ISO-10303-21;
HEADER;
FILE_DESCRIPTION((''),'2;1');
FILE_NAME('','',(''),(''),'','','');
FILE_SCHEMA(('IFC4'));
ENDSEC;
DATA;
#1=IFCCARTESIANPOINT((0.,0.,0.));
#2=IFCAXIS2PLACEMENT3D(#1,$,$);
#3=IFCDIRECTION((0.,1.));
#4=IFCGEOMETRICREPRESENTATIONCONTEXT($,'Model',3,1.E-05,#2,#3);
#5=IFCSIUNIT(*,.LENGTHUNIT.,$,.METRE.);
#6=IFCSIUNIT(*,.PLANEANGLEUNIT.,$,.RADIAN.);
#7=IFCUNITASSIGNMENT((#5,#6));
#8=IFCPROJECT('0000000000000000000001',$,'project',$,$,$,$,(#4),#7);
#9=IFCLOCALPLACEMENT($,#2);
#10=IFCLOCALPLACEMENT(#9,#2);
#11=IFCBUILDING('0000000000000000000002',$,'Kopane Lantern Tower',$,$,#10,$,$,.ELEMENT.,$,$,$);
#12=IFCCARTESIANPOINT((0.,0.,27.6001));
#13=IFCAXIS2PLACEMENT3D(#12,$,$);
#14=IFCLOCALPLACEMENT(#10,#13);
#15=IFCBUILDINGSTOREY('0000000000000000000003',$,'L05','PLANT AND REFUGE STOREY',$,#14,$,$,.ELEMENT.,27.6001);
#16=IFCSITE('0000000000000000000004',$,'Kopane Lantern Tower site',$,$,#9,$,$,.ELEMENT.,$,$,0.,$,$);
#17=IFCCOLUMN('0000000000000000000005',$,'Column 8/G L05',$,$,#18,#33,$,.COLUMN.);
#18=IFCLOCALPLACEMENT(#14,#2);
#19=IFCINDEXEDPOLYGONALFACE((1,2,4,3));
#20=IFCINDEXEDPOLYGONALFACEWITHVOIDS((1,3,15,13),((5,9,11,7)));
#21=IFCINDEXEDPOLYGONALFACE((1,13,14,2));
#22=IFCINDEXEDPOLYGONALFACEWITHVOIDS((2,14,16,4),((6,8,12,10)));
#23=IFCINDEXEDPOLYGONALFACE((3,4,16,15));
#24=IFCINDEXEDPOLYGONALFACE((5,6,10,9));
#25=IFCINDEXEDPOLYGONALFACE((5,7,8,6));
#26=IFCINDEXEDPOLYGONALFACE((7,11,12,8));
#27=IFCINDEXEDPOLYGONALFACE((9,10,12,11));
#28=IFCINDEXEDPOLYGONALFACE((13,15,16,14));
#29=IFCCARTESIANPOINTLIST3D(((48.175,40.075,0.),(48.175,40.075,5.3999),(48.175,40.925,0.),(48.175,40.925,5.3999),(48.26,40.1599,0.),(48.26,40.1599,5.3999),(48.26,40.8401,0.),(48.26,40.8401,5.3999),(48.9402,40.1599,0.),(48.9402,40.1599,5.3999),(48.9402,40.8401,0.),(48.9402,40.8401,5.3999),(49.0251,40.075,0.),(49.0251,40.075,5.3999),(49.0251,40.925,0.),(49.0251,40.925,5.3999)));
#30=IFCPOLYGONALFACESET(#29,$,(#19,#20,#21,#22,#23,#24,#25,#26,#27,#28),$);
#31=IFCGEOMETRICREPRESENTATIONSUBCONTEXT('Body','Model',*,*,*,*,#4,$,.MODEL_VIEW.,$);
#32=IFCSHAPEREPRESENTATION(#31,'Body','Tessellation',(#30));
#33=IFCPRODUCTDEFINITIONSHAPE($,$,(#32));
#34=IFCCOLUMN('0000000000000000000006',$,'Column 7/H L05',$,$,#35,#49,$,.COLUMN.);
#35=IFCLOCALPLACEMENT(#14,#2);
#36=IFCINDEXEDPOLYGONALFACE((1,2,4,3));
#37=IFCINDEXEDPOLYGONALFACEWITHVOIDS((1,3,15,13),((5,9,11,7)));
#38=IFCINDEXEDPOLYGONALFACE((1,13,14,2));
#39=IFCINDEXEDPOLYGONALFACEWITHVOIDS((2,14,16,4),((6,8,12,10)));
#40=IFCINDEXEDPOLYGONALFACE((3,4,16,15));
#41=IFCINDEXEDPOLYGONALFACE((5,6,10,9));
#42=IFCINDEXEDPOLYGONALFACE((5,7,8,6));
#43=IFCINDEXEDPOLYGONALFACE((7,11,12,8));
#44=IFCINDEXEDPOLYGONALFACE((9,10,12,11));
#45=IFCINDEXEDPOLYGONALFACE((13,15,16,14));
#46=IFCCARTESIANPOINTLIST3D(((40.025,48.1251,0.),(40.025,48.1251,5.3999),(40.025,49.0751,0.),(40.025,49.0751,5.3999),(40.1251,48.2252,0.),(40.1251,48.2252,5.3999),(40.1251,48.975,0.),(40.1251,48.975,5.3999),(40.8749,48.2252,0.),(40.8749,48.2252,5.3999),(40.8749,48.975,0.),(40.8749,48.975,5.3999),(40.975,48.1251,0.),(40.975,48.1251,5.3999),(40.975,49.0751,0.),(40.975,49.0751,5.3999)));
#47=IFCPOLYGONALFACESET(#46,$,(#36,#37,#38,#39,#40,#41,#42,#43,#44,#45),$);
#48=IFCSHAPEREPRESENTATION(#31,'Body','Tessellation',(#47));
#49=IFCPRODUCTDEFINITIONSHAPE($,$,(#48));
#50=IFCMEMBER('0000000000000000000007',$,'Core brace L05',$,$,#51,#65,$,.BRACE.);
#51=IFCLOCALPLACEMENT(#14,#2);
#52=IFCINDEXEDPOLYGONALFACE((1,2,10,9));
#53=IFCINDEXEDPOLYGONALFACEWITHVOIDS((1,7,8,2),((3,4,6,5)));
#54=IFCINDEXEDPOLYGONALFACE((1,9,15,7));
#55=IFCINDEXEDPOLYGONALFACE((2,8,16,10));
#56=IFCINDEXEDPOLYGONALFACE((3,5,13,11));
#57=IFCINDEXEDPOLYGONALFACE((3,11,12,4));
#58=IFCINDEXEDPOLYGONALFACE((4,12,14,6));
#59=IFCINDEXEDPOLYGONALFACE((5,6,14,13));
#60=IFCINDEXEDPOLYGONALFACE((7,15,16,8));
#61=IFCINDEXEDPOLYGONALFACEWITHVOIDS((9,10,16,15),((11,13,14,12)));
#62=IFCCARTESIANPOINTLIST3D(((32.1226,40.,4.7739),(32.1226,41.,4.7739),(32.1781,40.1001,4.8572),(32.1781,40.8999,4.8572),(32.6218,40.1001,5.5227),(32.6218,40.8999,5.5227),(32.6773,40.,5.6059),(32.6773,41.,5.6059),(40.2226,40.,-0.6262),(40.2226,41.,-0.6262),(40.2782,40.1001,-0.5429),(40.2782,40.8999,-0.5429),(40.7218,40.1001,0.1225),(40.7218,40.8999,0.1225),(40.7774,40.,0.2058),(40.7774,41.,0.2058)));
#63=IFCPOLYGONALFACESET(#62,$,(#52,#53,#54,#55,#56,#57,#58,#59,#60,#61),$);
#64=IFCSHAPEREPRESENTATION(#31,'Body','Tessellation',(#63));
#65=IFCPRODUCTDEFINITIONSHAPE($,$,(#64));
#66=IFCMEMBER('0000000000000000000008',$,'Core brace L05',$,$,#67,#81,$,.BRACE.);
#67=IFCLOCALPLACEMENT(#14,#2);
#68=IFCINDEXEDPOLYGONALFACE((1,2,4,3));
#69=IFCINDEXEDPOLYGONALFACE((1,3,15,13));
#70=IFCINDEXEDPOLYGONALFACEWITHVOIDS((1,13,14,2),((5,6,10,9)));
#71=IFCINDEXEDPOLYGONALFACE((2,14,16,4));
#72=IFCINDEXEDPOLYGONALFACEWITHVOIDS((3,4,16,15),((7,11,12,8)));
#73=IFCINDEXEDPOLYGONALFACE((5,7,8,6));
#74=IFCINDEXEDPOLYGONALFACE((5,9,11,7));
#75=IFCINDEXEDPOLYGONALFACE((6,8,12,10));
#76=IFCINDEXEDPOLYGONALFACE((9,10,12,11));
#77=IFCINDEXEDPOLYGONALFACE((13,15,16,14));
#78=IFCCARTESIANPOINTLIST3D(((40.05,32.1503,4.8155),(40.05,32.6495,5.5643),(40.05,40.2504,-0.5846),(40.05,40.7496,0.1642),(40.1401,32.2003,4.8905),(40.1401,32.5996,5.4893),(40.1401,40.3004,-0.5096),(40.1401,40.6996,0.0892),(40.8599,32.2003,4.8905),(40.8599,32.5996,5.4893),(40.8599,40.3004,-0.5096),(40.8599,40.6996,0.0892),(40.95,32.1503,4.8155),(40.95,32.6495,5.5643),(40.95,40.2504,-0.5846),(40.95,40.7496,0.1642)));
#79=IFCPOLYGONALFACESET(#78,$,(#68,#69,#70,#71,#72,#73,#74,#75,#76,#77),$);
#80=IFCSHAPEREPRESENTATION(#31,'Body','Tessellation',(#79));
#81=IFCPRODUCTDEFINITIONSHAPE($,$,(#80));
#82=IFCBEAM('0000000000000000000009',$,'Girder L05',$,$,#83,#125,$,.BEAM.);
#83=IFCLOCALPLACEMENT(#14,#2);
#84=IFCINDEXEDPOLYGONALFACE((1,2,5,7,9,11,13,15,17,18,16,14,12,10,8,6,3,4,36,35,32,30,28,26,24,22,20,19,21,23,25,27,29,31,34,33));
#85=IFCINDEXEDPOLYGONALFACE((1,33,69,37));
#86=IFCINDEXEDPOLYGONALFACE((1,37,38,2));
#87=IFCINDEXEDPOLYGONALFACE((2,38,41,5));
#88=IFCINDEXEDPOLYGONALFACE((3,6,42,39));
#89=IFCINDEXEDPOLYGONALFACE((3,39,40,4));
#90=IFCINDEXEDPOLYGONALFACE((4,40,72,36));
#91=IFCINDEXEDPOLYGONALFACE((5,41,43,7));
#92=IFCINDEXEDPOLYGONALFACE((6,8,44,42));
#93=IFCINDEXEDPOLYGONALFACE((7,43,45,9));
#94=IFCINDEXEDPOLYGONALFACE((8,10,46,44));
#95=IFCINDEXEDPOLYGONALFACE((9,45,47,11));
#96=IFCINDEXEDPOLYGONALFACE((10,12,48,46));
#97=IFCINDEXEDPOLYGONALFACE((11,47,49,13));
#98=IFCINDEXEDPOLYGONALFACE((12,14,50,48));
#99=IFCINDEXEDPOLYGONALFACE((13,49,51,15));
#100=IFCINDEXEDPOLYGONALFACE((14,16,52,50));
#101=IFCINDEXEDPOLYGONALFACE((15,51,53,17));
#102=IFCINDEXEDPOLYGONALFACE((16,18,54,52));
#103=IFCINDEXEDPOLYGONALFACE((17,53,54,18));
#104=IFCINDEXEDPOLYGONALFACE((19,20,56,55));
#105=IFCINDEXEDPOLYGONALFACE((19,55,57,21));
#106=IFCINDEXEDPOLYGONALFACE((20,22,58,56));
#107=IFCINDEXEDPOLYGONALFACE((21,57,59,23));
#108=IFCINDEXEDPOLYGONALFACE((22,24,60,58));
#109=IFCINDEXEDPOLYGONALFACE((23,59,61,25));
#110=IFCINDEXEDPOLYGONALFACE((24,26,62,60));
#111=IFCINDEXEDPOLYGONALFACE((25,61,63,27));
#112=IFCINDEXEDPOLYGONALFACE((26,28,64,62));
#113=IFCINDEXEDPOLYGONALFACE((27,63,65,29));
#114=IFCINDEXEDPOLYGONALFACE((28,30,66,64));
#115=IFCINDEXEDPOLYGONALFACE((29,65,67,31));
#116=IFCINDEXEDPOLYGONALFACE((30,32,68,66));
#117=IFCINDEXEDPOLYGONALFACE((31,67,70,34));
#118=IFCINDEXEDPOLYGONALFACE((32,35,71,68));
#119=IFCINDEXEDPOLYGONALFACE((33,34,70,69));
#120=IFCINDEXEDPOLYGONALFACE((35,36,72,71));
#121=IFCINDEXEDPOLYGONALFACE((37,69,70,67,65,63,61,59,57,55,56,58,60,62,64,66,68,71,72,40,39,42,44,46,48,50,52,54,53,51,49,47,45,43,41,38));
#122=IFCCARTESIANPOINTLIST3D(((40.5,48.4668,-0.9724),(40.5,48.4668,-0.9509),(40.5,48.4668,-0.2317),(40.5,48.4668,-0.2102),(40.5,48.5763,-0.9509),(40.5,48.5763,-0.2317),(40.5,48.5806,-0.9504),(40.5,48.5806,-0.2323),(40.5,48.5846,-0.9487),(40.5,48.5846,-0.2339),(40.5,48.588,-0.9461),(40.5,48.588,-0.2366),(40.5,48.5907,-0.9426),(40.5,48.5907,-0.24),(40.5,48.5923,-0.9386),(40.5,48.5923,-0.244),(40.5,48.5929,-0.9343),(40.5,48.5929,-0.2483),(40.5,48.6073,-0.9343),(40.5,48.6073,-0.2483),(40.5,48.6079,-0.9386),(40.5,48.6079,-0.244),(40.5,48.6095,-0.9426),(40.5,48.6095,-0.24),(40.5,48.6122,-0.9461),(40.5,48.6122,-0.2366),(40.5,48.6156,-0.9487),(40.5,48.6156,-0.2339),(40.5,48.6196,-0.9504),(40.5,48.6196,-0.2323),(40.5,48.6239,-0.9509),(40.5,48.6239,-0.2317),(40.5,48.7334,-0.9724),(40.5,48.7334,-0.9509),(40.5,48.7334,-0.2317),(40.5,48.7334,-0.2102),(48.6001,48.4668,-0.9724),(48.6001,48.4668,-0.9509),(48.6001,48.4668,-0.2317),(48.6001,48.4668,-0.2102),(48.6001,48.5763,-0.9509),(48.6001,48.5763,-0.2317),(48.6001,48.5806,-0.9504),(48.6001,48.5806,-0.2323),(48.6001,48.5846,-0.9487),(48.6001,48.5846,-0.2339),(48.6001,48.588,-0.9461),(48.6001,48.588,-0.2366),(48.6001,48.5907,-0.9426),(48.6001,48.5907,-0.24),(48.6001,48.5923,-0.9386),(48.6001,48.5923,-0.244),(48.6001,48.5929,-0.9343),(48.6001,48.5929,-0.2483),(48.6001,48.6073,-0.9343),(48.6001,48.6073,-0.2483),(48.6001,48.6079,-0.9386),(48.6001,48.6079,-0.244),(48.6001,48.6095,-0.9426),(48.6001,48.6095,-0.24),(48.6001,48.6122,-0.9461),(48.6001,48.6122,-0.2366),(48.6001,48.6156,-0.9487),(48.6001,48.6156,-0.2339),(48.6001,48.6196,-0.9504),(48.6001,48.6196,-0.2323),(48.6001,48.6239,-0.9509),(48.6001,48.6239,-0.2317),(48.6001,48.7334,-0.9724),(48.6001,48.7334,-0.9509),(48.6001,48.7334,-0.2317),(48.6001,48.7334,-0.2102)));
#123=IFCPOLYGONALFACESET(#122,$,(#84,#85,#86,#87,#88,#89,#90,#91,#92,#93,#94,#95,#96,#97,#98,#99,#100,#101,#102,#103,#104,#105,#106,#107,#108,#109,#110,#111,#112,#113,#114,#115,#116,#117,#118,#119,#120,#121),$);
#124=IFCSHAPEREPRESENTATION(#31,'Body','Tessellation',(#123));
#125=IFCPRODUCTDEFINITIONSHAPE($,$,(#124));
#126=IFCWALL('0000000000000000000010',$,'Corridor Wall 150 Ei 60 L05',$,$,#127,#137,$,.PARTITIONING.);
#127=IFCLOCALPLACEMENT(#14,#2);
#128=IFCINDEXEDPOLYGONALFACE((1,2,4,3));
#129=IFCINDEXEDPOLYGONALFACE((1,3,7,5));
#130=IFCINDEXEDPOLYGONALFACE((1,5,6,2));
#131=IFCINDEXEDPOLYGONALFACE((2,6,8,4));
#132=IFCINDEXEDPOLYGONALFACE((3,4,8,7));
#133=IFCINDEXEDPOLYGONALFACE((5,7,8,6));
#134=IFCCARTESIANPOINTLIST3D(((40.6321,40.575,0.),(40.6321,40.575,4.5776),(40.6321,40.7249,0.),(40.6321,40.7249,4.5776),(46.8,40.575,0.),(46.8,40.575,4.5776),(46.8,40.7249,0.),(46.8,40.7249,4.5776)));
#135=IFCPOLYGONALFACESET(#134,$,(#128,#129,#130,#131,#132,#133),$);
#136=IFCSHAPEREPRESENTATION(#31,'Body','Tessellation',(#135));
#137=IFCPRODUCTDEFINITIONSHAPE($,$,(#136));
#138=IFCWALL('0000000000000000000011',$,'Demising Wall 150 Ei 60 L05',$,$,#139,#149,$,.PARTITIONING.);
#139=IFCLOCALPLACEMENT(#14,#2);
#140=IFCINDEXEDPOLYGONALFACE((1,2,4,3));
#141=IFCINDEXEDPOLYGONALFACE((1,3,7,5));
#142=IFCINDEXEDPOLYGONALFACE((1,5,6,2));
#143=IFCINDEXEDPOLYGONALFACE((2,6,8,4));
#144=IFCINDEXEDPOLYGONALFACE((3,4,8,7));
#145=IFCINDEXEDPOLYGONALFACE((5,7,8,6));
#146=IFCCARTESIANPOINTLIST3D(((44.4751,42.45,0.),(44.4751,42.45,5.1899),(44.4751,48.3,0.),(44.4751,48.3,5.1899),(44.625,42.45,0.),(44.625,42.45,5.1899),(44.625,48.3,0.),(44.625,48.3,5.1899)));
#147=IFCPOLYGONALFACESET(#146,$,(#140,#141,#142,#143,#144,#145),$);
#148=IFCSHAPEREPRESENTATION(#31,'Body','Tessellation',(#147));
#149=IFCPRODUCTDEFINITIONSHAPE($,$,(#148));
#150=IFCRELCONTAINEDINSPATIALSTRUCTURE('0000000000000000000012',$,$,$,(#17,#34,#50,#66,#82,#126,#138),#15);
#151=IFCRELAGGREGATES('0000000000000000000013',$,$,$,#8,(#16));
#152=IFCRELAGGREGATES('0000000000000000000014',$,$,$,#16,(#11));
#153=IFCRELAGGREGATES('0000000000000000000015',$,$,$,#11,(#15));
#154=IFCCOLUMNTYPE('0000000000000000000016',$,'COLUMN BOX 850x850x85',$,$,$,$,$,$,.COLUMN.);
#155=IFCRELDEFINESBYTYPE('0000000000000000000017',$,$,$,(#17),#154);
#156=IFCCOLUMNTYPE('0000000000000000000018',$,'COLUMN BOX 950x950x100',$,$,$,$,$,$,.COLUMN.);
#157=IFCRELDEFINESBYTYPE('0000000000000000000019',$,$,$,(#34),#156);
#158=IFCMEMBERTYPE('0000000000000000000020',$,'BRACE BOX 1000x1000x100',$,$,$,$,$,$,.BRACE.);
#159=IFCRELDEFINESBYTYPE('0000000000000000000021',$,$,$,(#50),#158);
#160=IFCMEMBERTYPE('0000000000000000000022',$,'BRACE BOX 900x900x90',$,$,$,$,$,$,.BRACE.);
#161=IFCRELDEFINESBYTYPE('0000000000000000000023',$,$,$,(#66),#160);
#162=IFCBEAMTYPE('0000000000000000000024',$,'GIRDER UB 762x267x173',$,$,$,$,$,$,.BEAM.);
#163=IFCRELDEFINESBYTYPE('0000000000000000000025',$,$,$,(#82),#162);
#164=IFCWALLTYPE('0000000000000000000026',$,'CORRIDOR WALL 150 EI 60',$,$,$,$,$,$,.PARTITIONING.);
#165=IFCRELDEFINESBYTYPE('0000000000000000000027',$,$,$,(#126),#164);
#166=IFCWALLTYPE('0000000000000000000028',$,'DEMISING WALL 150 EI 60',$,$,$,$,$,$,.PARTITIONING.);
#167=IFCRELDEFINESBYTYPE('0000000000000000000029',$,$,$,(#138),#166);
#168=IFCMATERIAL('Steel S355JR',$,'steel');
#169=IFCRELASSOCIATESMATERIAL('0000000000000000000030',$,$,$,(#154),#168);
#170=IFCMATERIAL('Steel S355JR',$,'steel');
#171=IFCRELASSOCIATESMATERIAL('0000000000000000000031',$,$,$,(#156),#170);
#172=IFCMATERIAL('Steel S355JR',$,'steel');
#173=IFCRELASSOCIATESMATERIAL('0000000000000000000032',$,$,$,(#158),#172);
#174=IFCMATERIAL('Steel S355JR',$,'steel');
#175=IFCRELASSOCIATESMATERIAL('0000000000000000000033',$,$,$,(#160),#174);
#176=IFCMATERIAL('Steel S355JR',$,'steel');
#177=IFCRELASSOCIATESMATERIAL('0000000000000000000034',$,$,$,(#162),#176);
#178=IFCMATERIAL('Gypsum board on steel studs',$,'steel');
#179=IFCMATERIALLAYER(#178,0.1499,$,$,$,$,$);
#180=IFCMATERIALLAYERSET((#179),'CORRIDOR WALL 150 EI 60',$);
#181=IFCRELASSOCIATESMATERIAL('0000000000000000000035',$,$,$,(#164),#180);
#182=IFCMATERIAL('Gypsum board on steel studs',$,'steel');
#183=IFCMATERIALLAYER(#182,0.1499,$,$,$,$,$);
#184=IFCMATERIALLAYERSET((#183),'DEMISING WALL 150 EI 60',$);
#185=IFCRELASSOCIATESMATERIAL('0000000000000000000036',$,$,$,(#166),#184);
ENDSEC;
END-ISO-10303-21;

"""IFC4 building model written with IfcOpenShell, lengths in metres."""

from ifc_helpers import new_model, si_unit, direction, frame, frame_2d, origin, origin_2d, place, context, subcontext, project, spatial, rectangle, hollow_rectangle, i_section, extrude, material, layer, layer_set, material_profile, profile_set, type_object, element, save


model = new_model("IFC4")

# Units and contexts
model_context = context("Model", 3, precision=1e-05, world=origin(), true_north=direction((0.0, 1.0)))
body_context = subcontext(model_context, "Body", "Model", "MODEL_VIEW")
ifc_project = project(units=[si_unit("LENGTHUNIT", "METRE"), si_unit("PLANEANGLEUNIT", "RADIAN")], contexts=[model_context])

# Site, building, storey
site_placement = place(None, origin())
site = spatial("IfcSite", under=ifc_project, at=site_placement, Name="Kopane Lantern Tower site", CompositionType="ELEMENT", RefElevation=0.0)
building_placement = place(site_placement, origin())
building = spatial("IfcBuilding", under=site, at=building_placement, Name="Kopane Lantern Tower", CompositionType="ELEMENT")
storey_placement = place(building_placement, frame((0.0, 0.0, 27.6001)))
storey = spatial("IfcBuildingStorey", under=building, at=storey_placement, Name="L05", Description="PLANT AND REFUGE STOREY", CompositionType="ELEMENT", Elevation=27.6001)

# Columns
ifc_material_1 = material(Name="Steel S355JR", Category="steel")
ifc_material_profile_1 = material_profile(ifc_material_1, hollow_rectangle(XDim=0.8501, YDim=0.8501, WallThickness=0.085, at=origin_2d()), Name="BOX 850x850x85")
ifc_profile_set_1 = profile_set([ifc_material_profile_1], Name="Steel S355JR")
column_type_1 = type_object("IfcColumnType", Name="COLUMN BOX 850x850x85", PredefinedType="COLUMN", material=ifc_profile_set_1)
column_1_placement = place(storey_placement, frame((48.6001, 40.5, 0.0), z_axis=(0.0, 0.0, 1.0), x_axis=(1.0, 0.0, 0.0)))
element("IfcColumn", 1, at=column_1_placement, inside=storey, type_object=column_type_1, Name="Column 8/G L05", PredefinedType="COLUMN", context=body_context, shape_type="SweptSolid", body=[
    extrude(hollow_rectangle(XDim=0.8501, YDim=0.8501, WallThickness=0.085, at=origin_2d()), origin(), (0.0, 0.0, 1.0), 5.3999),
])
ifc_material_2 = material(Name="Steel S355JR", Category="steel")
ifc_material_profile_2 = material_profile(ifc_material_2, hollow_rectangle(XDim=0.95, YDim=0.95, WallThickness=0.1001, at=origin_2d()), Name="BOX 950x950x100")
ifc_profile_set_2 = profile_set([ifc_material_profile_2], Name="Steel S355JR")
column_type_2 = type_object("IfcColumnType", Name="COLUMN BOX 950x950x100", PredefinedType="COLUMN", material=ifc_profile_set_2)
column_2_placement = place(storey_placement, frame((40.5, 48.6001, 0.0), z_axis=(0.0, 0.0, 1.0), x_axis=(1.0, 0.0, 0.0)))
element("IfcColumn", 2, at=column_2_placement, inside=storey, type_object=column_type_2, Name="Column 7/H L05", PredefinedType="COLUMN", context=body_context, shape_type="SweptSolid", body=[
    extrude(hollow_rectangle(XDim=0.95, YDim=0.95, WallThickness=0.1001, at=origin_2d()), origin(), (0.0, 0.0, 1.0), 5.3999),
])

# Members
ifc_material_3 = material(Name="Steel S355JR", Category="steel")
ifc_material_profile_3 = material_profile(ifc_material_3, hollow_rectangle(XDim=1.0, YDim=1.0, WallThickness=0.1001, at=origin_2d()), Name="BOX 1000x1000x100")
ifc_profile_set_3 = profile_set([ifc_material_profile_3], Name="Steel S355JR")
member_type_1 = type_object("IfcMemberType", Name="BRACE BOX 1000x1000x100", PredefinedType="BRACE", material=ifc_profile_set_3)
member_1_placement = place(storey_placement, frame((40.5, 40.5, -0.2102), z_axis=(-0.832046, 0.0, 0.554706), x_axis=(0.0, -1.0, 0.0)))
element("IfcMember", 3, at=member_1_placement, inside=storey, type_object=member_type_1, Name="Core brace L05", PredefinedType="BRACE", context=body_context, shape_type="SweptSolid", body=[
    extrude(hollow_rectangle(XDim=1.0, YDim=1.0, WallThickness=0.1001, at=origin_2d()), origin(), (0.0, 0.0, 1.0), 9.7351),
])
ifc_material_4 = material(Name="Steel S355JR", Category="steel")
ifc_material_profile_4 = material_profile(ifc_material_4, hollow_rectangle(XDim=0.8999, YDim=0.8999, WallThickness=0.0901, at=origin_2d()), Name="BOX 900x900x90")
ifc_profile_set_4 = profile_set([ifc_material_profile_4], Name="Steel S355JR")
member_type_2 = type_object("IfcMemberType", Name="BRACE BOX 900x900x90", PredefinedType="BRACE", material=ifc_profile_set_4)
member_2_placement = place(storey_placement, frame((40.5, 40.5, -0.2102), z_axis=(0.0, -0.832046, 0.554706), x_axis=(1.0, 0.0, 0.0)))
element("IfcMember", 4, at=member_2_placement, inside=storey, type_object=member_type_2, Name="Core brace L05", PredefinedType="BRACE", context=body_context, shape_type="SweptSolid", body=[
    extrude(hollow_rectangle(XDim=0.8999, YDim=0.8999, WallThickness=0.0901, at=origin_2d()), origin(), (0.0, 0.0, 1.0), 9.7351),
])

# Beam
ifc_material_5 = material(Name="Steel S355JR", Category="steel")
ifc_material_profile_5 = material_profile(ifc_material_5, i_section(OverallWidth=0.2666, OverallDepth=0.7622, WebThickness=0.0144, FlangeThickness=0.0215, FilletRadius=0.0166, at=origin_2d()), Name="UB 762x267x173")
ifc_profile_set_5 = profile_set([ifc_material_profile_5], Name="Steel S355JR")
beam_type = type_object("IfcBeamType", Name="GIRDER UB 762x267x173", PredefinedType="BEAM", material=ifc_profile_set_5)
beam_placement = place(storey_placement, frame((40.5, 48.6001, -0.5913), z_axis=(1.0, 0.0, 0.0), x_axis=(0.0, 1.0, 0.0)))
element("IfcBeam", 5, at=beam_placement, inside=storey, type_object=beam_type, Name="Girder L05", PredefinedType="BEAM", context=body_context, shape_type="SweptSolid", body=[
    extrude(i_section(OverallWidth=0.2666, OverallDepth=0.7622, WebThickness=0.0144, FlangeThickness=0.0215, FilletRadius=0.0166, at=origin_2d()), origin(), (0.0, 0.0, 1.0), 8.1001),
])

# Walls
ifc_material_6 = material(Name="Gypsum board on steel studs", Category="steel")
ifc_layer_1 = layer(ifc_material_6, 0.1499)
ifc_layer_set_1 = layer_set([ifc_layer_1], Name="CORRIDOR WALL 150 EI 60")
wall_type_1 = type_object("IfcWallType", Name="CORRIDOR WALL 150 EI 60", PredefinedType="PARTITIONING", material=ifc_layer_set_1)
wall_1_placement = place(storey_placement, frame((46.8, 40.6499, 0.0), z_axis=(0.0, 0.0, 1.0), x_axis=(-1.0, 0.0, 0.0)))
element("IfcWall", 6, at=wall_1_placement, inside=storey, type_object=wall_type_1, Name="Corridor Wall 150 Ei 60 L05", PredefinedType="PARTITIONING", context=body_context, shape_type="SweptSolid", body=[
    extrude(rectangle(XDim=6.168, YDim=0.1499, at=frame_2d((3.084, 0.0))), origin(), (0.0, 0.0, 1.0), 4.5776),
])
ifc_material_7 = material(Name="Gypsum board on steel studs", Category="steel")
ifc_layer_2 = layer(ifc_material_7, 0.1499)
ifc_layer_set_2 = layer_set([ifc_layer_2], Name="DEMISING WALL 150 EI 60")
wall_type_2 = type_object("IfcWallType", Name="DEMISING WALL 150 EI 60", PredefinedType="PARTITIONING", material=ifc_layer_set_2)
wall_2_placement = place(storey_placement, frame((44.55, 42.45, 0.0), z_axis=(0.0, 0.0, 1.0), x_axis=(0.0, 1.0, 0.0)))
element("IfcWall", 7, at=wall_2_placement, inside=storey, type_object=wall_type_2, Name="Demising Wall 150 Ei 60 L05", PredefinedType="PARTITIONING", context=body_context, shape_type="SweptSolid", body=[
    extrude(rectangle(XDim=5.8501, YDim=0.1499, at=frame_2d((2.925, 0.0))), origin(), (0.0, 0.0, 1.0), 5.1899),
])

save(model, "model.ifc")
